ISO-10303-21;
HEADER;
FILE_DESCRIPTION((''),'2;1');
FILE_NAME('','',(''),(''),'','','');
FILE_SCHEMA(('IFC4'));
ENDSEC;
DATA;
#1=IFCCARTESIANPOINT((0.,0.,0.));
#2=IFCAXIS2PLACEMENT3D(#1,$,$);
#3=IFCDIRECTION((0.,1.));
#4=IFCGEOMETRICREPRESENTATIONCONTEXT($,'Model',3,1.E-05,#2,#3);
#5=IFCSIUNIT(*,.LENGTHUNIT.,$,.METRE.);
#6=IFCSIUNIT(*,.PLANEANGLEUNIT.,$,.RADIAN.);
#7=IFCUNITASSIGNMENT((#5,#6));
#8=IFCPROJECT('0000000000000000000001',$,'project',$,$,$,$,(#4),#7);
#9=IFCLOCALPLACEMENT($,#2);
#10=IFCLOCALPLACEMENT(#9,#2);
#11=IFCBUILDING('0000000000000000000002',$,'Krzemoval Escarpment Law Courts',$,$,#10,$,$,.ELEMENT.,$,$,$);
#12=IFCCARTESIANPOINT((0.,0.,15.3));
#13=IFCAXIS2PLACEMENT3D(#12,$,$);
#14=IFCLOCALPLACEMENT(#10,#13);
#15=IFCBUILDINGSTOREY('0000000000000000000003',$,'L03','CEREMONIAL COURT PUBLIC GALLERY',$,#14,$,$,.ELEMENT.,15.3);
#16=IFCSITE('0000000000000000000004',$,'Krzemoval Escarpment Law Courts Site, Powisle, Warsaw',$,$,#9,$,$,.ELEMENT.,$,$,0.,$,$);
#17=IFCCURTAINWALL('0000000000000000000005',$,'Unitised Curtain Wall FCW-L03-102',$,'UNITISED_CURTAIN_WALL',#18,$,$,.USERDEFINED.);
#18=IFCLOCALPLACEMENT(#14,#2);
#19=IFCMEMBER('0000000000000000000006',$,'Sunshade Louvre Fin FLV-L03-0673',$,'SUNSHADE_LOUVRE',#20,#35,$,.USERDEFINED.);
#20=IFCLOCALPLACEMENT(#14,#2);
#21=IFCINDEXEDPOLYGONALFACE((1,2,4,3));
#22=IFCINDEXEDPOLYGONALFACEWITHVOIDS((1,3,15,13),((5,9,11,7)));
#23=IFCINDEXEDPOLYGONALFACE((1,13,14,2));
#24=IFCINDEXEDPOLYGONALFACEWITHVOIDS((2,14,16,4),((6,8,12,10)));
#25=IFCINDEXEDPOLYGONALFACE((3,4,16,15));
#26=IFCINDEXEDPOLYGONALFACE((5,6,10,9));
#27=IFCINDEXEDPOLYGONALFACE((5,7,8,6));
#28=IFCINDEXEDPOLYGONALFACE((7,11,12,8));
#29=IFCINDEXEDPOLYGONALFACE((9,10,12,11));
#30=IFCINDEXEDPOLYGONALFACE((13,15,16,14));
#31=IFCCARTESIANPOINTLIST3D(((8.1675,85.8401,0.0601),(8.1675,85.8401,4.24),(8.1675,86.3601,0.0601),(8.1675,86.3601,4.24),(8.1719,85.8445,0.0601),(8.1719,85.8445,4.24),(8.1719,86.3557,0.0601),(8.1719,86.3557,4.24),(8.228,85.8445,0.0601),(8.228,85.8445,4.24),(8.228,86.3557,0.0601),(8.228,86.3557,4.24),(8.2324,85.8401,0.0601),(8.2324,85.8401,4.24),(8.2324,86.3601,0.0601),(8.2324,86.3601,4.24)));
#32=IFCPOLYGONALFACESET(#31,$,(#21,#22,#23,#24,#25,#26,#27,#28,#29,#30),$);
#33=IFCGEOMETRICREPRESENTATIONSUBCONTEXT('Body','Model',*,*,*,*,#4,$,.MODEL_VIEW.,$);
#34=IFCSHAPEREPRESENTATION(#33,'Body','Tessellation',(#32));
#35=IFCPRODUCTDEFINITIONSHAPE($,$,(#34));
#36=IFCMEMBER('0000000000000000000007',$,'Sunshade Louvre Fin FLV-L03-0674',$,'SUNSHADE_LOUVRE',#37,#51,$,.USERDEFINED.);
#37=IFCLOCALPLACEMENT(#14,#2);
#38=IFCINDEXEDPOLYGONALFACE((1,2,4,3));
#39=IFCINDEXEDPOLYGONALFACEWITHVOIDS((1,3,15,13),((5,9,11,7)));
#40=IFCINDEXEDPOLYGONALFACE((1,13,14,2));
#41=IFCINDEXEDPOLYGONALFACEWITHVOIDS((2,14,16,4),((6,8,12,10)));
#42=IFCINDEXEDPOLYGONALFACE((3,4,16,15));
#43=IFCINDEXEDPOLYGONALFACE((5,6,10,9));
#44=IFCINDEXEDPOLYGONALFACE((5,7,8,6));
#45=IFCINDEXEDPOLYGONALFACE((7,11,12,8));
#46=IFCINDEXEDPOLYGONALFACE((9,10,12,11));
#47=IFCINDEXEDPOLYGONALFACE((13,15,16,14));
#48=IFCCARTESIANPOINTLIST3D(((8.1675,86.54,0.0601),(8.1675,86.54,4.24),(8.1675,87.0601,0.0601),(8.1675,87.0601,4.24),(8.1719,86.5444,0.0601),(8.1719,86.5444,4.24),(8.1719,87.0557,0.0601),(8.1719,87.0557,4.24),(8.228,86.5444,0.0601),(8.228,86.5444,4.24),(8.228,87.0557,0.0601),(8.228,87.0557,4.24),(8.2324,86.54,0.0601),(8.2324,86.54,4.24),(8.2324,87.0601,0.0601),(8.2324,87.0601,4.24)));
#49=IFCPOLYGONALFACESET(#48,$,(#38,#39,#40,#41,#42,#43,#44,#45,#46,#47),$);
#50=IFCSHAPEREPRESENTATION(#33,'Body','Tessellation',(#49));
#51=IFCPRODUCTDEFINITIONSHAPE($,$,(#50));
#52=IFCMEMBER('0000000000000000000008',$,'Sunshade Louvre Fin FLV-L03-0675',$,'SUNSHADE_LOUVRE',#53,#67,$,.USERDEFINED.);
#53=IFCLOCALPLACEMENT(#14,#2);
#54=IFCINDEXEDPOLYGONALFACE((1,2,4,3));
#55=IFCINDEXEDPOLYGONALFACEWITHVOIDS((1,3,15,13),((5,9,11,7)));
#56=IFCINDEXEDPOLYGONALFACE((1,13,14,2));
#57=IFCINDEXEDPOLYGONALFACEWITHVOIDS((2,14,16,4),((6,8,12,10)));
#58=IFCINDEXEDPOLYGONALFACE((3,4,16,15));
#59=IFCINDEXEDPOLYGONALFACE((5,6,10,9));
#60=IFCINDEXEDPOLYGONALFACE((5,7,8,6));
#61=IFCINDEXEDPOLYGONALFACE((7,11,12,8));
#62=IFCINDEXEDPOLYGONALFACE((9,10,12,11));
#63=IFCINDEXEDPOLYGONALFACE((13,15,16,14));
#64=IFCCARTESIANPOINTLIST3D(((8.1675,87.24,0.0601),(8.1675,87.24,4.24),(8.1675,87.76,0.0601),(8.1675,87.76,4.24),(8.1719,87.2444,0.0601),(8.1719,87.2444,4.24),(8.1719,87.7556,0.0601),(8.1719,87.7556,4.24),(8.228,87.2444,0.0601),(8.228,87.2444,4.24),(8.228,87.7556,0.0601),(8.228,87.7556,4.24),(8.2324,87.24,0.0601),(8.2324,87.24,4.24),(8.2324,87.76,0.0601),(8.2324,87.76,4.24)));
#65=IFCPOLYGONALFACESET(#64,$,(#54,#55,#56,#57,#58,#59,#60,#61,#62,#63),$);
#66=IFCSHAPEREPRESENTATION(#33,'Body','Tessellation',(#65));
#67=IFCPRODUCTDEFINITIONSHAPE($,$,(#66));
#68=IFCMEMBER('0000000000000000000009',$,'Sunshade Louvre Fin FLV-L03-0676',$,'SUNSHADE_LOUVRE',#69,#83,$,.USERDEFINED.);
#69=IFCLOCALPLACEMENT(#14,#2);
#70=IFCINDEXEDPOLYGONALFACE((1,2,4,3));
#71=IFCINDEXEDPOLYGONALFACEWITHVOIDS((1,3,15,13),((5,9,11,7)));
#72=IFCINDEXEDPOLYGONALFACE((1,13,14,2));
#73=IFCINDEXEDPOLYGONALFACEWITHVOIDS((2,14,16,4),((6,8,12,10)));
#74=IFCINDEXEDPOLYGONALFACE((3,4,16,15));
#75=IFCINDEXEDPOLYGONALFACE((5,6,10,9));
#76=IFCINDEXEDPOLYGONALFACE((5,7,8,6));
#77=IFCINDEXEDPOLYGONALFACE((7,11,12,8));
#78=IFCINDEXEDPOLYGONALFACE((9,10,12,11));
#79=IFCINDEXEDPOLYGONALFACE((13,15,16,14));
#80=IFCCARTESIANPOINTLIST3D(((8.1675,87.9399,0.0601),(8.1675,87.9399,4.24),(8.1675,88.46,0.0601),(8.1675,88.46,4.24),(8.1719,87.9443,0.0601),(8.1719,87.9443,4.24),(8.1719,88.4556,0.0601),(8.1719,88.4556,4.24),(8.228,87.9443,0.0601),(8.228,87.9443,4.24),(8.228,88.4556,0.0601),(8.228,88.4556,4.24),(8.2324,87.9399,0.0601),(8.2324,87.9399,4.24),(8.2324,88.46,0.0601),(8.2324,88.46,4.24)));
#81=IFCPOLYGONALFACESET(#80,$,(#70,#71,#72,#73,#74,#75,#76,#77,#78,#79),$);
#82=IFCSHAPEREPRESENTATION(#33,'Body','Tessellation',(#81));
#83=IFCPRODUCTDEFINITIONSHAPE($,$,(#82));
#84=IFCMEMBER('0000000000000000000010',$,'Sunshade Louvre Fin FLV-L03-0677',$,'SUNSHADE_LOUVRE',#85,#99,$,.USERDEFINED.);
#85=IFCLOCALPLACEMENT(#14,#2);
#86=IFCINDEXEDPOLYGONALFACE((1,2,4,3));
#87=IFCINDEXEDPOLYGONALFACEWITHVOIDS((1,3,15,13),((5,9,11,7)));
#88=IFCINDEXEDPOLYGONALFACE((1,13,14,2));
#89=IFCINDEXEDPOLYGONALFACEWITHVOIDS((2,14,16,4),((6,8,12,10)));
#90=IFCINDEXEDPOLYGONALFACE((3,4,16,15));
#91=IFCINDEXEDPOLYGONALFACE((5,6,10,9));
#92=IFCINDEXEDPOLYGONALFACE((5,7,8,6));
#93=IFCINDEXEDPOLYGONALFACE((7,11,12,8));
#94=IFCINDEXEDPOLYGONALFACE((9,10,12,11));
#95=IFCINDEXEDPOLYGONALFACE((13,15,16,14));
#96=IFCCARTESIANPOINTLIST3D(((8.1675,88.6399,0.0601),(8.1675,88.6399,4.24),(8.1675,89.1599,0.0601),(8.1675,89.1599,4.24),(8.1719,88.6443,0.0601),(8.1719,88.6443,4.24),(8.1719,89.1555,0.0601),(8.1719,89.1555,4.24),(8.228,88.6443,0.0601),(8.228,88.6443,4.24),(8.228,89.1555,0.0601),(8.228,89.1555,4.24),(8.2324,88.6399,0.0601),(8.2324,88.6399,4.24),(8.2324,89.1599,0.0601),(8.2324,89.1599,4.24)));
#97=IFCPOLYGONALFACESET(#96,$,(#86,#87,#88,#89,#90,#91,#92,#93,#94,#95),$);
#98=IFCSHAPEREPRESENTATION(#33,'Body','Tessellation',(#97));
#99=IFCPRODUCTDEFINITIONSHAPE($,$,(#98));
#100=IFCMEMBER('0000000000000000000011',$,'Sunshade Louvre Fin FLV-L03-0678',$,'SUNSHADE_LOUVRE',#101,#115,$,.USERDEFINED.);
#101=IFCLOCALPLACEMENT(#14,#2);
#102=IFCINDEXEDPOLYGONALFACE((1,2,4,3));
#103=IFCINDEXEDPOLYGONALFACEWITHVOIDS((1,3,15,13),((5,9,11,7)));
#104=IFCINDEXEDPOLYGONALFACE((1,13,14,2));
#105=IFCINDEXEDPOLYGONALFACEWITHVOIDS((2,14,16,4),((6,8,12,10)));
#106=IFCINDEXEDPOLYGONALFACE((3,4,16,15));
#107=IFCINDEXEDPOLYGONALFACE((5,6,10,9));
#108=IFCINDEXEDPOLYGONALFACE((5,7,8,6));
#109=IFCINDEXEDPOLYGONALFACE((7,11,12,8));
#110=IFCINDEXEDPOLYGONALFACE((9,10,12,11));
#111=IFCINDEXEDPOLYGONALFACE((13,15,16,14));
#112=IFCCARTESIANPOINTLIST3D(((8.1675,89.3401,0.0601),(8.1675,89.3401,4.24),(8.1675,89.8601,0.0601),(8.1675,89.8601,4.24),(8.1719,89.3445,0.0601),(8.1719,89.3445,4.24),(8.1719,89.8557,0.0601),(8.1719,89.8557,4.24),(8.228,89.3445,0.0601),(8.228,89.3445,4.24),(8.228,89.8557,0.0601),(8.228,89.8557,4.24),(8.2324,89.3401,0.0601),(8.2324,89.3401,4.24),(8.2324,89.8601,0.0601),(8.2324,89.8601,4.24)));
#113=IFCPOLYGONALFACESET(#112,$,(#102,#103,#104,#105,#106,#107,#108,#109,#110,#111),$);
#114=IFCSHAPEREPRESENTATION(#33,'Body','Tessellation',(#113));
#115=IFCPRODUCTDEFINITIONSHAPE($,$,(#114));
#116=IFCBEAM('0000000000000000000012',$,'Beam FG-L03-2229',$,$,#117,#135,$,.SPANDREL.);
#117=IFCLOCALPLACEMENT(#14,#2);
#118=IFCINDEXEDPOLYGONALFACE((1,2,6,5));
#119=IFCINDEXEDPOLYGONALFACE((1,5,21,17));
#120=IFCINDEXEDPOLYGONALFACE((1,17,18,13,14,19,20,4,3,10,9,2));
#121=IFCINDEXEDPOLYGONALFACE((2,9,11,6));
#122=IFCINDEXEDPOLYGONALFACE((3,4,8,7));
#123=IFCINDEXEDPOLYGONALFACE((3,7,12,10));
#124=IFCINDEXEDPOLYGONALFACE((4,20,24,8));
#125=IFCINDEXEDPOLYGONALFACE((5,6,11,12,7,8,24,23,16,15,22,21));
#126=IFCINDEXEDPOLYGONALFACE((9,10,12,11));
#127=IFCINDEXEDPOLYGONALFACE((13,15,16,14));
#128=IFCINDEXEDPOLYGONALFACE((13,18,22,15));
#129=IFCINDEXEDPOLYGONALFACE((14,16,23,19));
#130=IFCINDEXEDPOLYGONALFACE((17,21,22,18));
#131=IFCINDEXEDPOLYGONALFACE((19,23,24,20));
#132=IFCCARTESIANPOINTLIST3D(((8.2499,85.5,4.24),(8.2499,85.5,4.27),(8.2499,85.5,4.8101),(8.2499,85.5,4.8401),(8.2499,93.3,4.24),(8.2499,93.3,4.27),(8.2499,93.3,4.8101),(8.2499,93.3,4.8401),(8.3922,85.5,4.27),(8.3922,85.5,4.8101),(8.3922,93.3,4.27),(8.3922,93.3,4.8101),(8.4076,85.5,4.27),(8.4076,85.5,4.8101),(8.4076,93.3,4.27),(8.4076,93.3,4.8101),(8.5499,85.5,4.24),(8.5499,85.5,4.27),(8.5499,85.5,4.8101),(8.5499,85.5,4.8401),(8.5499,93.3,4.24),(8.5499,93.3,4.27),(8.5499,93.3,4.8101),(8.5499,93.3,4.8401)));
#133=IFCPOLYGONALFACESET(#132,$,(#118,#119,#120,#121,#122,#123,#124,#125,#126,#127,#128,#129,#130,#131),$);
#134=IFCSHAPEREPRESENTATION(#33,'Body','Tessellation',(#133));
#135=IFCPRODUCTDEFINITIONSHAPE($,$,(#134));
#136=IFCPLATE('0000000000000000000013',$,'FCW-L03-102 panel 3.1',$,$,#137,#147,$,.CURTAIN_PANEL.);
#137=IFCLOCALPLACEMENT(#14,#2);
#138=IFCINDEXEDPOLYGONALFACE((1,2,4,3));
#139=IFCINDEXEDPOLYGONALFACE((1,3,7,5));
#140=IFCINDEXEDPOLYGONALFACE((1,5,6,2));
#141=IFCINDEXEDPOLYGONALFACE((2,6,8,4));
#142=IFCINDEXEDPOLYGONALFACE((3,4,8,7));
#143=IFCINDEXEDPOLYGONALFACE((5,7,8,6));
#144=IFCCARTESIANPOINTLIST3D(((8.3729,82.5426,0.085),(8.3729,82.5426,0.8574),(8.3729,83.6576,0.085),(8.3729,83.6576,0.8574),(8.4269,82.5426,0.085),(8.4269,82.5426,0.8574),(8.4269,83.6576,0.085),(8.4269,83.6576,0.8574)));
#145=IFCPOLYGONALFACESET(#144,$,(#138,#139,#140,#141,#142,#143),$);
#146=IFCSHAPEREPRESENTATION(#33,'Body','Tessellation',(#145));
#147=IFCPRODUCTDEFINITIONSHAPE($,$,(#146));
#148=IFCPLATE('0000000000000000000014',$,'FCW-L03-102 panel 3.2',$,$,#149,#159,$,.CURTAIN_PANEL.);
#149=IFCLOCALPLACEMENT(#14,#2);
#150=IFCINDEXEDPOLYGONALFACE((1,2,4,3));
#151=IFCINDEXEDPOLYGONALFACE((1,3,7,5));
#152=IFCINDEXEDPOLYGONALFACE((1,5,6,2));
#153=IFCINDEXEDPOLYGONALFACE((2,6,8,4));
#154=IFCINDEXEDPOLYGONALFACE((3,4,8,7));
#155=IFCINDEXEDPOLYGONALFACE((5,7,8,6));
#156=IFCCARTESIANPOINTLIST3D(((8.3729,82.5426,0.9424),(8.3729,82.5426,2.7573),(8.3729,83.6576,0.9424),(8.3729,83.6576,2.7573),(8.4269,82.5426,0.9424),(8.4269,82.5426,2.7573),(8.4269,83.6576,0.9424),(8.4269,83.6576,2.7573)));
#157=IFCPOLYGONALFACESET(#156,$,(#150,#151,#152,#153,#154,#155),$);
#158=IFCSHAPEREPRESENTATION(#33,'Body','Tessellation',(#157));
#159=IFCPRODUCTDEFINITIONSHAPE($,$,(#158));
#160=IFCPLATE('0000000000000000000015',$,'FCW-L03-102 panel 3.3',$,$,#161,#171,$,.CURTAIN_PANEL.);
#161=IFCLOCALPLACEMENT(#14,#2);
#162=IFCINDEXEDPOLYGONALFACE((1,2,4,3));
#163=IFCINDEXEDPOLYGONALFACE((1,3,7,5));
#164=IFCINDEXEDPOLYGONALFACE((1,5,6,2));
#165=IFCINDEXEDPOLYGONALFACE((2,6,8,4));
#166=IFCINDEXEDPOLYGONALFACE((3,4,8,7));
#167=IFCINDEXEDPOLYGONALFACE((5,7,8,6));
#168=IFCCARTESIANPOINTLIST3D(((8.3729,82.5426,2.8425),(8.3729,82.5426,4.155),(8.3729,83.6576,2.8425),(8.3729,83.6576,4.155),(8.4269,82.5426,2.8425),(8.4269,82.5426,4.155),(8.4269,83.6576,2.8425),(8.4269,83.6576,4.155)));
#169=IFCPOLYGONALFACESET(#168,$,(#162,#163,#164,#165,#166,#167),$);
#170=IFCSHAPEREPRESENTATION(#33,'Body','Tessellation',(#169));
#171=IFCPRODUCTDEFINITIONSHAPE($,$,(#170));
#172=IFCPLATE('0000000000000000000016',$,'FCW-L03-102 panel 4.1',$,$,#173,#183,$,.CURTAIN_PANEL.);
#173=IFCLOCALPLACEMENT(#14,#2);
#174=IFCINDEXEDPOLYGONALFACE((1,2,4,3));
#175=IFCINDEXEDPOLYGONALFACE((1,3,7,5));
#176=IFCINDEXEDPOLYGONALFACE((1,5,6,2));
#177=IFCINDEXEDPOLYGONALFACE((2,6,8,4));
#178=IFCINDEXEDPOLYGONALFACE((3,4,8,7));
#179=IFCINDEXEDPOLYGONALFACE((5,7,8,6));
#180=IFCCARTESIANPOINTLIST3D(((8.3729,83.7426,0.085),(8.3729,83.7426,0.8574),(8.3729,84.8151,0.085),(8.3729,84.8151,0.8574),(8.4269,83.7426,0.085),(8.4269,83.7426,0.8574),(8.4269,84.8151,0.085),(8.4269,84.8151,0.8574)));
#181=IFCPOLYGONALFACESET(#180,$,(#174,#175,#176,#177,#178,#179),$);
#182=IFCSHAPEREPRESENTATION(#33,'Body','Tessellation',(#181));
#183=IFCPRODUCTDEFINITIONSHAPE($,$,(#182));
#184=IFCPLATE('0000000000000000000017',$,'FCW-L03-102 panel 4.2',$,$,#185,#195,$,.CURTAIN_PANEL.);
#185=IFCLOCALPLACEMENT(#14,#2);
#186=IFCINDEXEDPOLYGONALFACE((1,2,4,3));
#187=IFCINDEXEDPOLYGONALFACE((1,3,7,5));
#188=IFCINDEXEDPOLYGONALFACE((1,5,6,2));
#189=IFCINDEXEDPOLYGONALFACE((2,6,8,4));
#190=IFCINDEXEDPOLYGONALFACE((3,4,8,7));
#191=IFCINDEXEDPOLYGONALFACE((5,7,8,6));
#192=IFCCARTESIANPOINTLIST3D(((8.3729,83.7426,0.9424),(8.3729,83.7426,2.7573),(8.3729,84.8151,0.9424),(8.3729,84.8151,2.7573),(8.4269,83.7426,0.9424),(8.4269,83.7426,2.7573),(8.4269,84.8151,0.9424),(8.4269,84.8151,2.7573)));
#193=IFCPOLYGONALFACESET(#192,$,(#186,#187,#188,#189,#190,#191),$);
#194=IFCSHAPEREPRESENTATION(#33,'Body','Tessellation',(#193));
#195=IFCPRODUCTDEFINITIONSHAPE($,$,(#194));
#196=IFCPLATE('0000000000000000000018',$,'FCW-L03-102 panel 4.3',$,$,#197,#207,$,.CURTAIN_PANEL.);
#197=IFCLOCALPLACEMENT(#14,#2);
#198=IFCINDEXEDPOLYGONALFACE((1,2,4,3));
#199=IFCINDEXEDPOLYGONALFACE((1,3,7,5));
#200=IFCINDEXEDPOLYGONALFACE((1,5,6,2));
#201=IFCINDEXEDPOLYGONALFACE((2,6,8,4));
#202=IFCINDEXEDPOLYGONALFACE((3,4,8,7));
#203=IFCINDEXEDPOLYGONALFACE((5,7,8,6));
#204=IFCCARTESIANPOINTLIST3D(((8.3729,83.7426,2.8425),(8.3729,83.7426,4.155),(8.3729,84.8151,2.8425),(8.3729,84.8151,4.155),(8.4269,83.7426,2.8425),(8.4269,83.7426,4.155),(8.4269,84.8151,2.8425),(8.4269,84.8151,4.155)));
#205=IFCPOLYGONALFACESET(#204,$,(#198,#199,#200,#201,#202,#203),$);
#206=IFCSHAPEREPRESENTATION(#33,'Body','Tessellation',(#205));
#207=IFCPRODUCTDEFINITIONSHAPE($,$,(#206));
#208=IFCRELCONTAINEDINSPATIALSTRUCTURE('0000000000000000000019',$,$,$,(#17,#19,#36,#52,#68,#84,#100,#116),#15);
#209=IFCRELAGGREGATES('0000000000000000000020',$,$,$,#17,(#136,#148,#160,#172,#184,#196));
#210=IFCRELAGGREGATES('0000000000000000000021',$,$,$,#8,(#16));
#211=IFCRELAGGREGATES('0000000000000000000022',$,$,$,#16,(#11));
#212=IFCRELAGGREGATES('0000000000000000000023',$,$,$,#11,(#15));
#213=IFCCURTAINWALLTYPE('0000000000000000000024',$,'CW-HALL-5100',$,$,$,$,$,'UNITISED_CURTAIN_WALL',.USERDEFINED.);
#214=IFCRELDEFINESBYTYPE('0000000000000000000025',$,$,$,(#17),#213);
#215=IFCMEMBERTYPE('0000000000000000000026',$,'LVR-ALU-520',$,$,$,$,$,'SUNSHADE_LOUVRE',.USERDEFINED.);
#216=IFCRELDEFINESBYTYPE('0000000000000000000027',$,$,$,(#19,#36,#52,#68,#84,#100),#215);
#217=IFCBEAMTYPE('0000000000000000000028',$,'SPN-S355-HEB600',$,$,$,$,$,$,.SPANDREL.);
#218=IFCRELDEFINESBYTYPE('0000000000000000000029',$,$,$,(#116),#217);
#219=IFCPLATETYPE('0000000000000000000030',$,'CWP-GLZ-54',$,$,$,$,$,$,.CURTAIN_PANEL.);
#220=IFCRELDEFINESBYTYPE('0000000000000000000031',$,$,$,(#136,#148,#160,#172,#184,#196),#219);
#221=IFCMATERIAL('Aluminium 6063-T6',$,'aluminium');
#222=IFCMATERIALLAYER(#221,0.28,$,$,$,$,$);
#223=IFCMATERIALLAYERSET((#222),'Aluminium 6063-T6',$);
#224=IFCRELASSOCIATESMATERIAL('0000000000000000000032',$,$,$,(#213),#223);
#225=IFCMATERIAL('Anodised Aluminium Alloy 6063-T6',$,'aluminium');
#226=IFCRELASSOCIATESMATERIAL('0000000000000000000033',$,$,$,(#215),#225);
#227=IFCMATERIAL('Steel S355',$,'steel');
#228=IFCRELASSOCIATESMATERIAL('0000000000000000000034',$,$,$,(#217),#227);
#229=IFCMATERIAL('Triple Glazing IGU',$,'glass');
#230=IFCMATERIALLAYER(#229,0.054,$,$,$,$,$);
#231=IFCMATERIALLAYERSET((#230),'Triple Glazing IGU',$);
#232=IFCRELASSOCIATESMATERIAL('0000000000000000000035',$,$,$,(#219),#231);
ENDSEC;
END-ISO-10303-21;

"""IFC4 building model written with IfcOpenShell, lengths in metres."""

from ifc_helpers import new_model, si_unit, direction, frame, origin, origin_2d, place, context, subcontext, project, spatial, rectangle, hollow_rectangle, i_section, extrude, material, layer, layer_set, material_profile, profile_set, type_object, element, aggregate, save


model = new_model("IFC4")

# Units and contexts
model_context = context("Model", 3, precision=1e-05, world=origin(), true_north=direction((0.0, 1.0)))
body_context = subcontext(model_context, "Body", "Model", "MODEL_VIEW")
ifc_project = project(units=[si_unit("LENGTHUNIT", "METRE"), si_unit("PLANEANGLEUNIT", "RADIAN")], contexts=[model_context])

# Site, building, storey
site_placement = place(None, origin())
site = spatial("IfcSite", under=ifc_project, at=site_placement, Name="Krzemoval Escarpment Law Courts Site, Powisle, Warsaw", CompositionType="ELEMENT", RefElevation=0.0)
building_placement = place(site_placement, origin())
building = spatial("IfcBuilding", under=site, at=building_placement, Name="Krzemoval Escarpment Law Courts", CompositionType="ELEMENT")
storey_placement = place(building_placement, frame((0.0, 0.0, 15.3)))
storey = spatial("IfcBuildingStorey", under=building, at=storey_placement, Name="L03", Description="CEREMONIAL COURT PUBLIC GALLERY", CompositionType="ELEMENT", Elevation=15.3)

# Curtain wall
ifc_material_1 = material(Name="Aluminium 6063-T6", Category="aluminium")
ifc_layer_1 = layer(ifc_material_1, 0.28)
ifc_layer_set_1 = layer_set([ifc_layer_1], Name="Aluminium 6063-T6")
curtain_wall_type = type_object("IfcCurtainWallType", Name="CW-HALL-5100", ElementType="UNITISED_CURTAIN_WALL", PredefinedType="USERDEFINED", material=ifc_layer_set_1)
curtain_wall_1_placement = place(storey_placement, origin())
curtain_wall_1 = element("IfcCurtainWall", 1, at=curtain_wall_1_placement, inside=storey, type_object=curtain_wall_type, Name="Unitised Curtain Wall FCW-L03-102", ObjectType="UNITISED_CURTAIN_WALL", PredefinedType="USERDEFINED")

# Members
ifc_material_2 = material(Name="Anodised Aluminium Alloy 6063-T6", Category="aluminium")
ifc_material_profile_1 = material_profile(ifc_material_2, hollow_rectangle(XDim=0.0649, YDim=0.52, WallThickness=0.0044, at=origin_2d()), Name="ALU LVR 65x520")
ifc_profile_set_1 = profile_set([ifc_material_profile_1], Name="Anodised Aluminium Alloy 6063-T6")
member_type_1 = type_object("IfcMemberType", Name="LVR-ALU-520", ElementType="SUNSHADE_LOUVRE", PredefinedType="USERDEFINED", material=ifc_profile_set_1)
for number, where, z_axis, x_axis, name in (
    (2, (8.2, 86.1001, 0.0601), (0.0, 0.0, 1.0), (1.0, 0.0, 0.0), "Sunshade Louvre Fin FLV-L03-0673"),
    (3, (8.2, 86.8, 0.0601), (0.0, 0.0, 1.0), (1.0, 0.0, 0.0), "Sunshade Louvre Fin FLV-L03-0674"),
    (4, (8.2, 87.5, 0.0601), (0.0, 0.0, 1.0), (1.0, 0.0, 0.0), "Sunshade Louvre Fin FLV-L03-0675"),
    (5, (8.2, 88.2, 0.0601), (0.0, 0.0, 1.0), (1.0, 0.0, 0.0), "Sunshade Louvre Fin FLV-L03-0676"),
    (6, (8.2, 88.8999, 0.0601), (0.0, 0.0, 1.0), (1.0, 0.0, 0.0), "Sunshade Louvre Fin FLV-L03-0677"),
    (7, (8.2, 89.6001, 0.0601), (0.0, 0.0, 1.0), (1.0, 0.0, 0.0), "Sunshade Louvre Fin FLV-L03-0678"),
):
    element("IfcMember", number, at=place(storey_placement, frame(where, z_axis=z_axis, x_axis=x_axis)), inside=storey, type_object=member_type_1, Name=name, ObjectType="SUNSHADE_LOUVRE", PredefinedType="USERDEFINED", context=body_context, shape_type="SweptSolid", body=[
        extrude(hollow_rectangle(XDim=0.0649, YDim=0.52, WallThickness=0.0044, at=origin_2d()), origin(), (0.0, 0.0, 1.0), 4.1799),
    ])

# Beam
ifc_material_3 = material(Name="Steel S355", Category="steel")
ifc_material_profile_2 = material_profile(ifc_material_3, i_section(OverallWidth=0.3, OverallDepth=0.6001, WebThickness=0.0154, FlangeThickness=0.03, at=origin_2d()), Name="HEB 600")
ifc_profile_set_2 = profile_set([ifc_material_profile_2], Name="Steel S355")
beam_type = type_object("IfcBeamType", Name="SPN-S355-HEB600", PredefinedType="SPANDREL", material=ifc_profile_set_2)
beam_placement = place(storey_placement, frame((8.3999, 85.5, 4.54), z_axis=(0.0, 1.0, 0.0), x_axis=(-1.0, 0.0, 0.0)))
element("IfcBeam", 8, at=beam_placement, inside=storey, type_object=beam_type, Name="Beam FG-L03-2229", PredefinedType="SPANDREL", context=body_context, shape_type="SweptSolid", body=[
    extrude(i_section(OverallWidth=0.3, OverallDepth=0.6001, WebThickness=0.0154, FlangeThickness=0.03, at=origin_2d()), origin(), (0.0, 0.0, 1.0), 7.8),
])

# Plates
ifc_material_4 = material(Name="Triple Glazing IGU", Category="glass")
ifc_layer_2 = layer(ifc_material_4, 0.054)
ifc_layer_set_2 = layer_set([ifc_layer_2], Name="Triple Glazing IGU")
plate_type = type_object("IfcPlateType", Name="CWP-GLZ-54", PredefinedType="CURTAIN_PANEL", material=ifc_layer_set_2)
plate_1_placement = place(storey_placement, frame((8.3999, 83.1001, 0.085), z_axis=(0.0, 0.0, 1.0), x_axis=(0.0, 1.0, 0.0)))
plate_1 = element("IfcPlate", 9, at=plate_1_placement, type_object=plate_type, Name="FCW-L03-102 panel 3.1", PredefinedType="CURTAIN_PANEL", context=body_context, shape_type="SweptSolid", body=[
    extrude(rectangle(XDim=1.115, YDim=0.054, at=origin_2d()), origin(), (0.0, 0.0, 1.0), 0.7725),
])
plate_2_placement = place(storey_placement, frame((8.3999, 83.1001, 0.9424), z_axis=(0.0, 0.0, 1.0), x_axis=(0.0, 1.0, 0.0)))
plate_2 = element("IfcPlate", 10, at=plate_2_placement, type_object=plate_type, Name="FCW-L03-102 panel 3.2", PredefinedType="CURTAIN_PANEL", context=body_context, shape_type="SweptSolid", body=[
    extrude(rectangle(XDim=1.115, YDim=0.054, at=origin_2d()), origin(), (0.0, 0.0, 1.0), 1.8149),
])
plate_3_placement = place(storey_placement, frame((8.3999, 83.1001, 2.8425), z_axis=(0.0, 0.0, 1.0), x_axis=(0.0, 1.0, 0.0)))
plate_3 = element("IfcPlate", 11, at=plate_3_placement, type_object=plate_type, Name="FCW-L03-102 panel 3.3", PredefinedType="CURTAIN_PANEL", context=body_context, shape_type="SweptSolid", body=[
    extrude(rectangle(XDim=1.115, YDim=0.054, at=origin_2d()), origin(), (0.0, 0.0, 1.0), 1.3125),
])
plate_4_placement = place(storey_placement, frame((8.3999, 84.2788, 0.085), z_axis=(0.0, 0.0, 1.0), x_axis=(0.0, 1.0, 0.0)))
plate_4 = element("IfcPlate", 12, at=plate_4_placement, type_object=plate_type, Name="FCW-L03-102 panel 4.1", PredefinedType="CURTAIN_PANEL", context=body_context, shape_type="SweptSolid", body=[
    extrude(rectangle(XDim=1.0725, YDim=0.054, at=origin_2d()), origin(), (0.0, 0.0, 1.0), 0.7725),
])
plate_5_placement = place(storey_placement, frame((8.3999, 84.2788, 0.9424), z_axis=(0.0, 0.0, 1.0), x_axis=(0.0, 1.0, 0.0)))
plate_5 = element("IfcPlate", 13, at=plate_5_placement, type_object=plate_type, Name="FCW-L03-102 panel 4.2", PredefinedType="CURTAIN_PANEL", context=body_context, shape_type="SweptSolid", body=[
    extrude(rectangle(XDim=1.0725, YDim=0.054, at=origin_2d()), origin(), (0.0, 0.0, 1.0), 1.8149),
])
plate_6_placement = place(storey_placement, frame((8.3999, 84.2788, 2.8425), z_axis=(0.0, 0.0, 1.0), x_axis=(0.0, 1.0, 0.0)))
plate_6 = element("IfcPlate", 14, at=plate_6_placement, type_object=plate_type, Name="FCW-L03-102 panel 4.3", PredefinedType="CURTAIN_PANEL", context=body_context, shape_type="SweptSolid", body=[
    extrude(rectangle(XDim=1.0725, YDim=0.054, at=origin_2d()), origin(), (0.0, 0.0, 1.0), 1.3125),
])
aggregate(curtain_wall_1, [plate_1, plate_2, plate_3, plate_4, plate_5, plate_6])

save(model, "model.ifc")
